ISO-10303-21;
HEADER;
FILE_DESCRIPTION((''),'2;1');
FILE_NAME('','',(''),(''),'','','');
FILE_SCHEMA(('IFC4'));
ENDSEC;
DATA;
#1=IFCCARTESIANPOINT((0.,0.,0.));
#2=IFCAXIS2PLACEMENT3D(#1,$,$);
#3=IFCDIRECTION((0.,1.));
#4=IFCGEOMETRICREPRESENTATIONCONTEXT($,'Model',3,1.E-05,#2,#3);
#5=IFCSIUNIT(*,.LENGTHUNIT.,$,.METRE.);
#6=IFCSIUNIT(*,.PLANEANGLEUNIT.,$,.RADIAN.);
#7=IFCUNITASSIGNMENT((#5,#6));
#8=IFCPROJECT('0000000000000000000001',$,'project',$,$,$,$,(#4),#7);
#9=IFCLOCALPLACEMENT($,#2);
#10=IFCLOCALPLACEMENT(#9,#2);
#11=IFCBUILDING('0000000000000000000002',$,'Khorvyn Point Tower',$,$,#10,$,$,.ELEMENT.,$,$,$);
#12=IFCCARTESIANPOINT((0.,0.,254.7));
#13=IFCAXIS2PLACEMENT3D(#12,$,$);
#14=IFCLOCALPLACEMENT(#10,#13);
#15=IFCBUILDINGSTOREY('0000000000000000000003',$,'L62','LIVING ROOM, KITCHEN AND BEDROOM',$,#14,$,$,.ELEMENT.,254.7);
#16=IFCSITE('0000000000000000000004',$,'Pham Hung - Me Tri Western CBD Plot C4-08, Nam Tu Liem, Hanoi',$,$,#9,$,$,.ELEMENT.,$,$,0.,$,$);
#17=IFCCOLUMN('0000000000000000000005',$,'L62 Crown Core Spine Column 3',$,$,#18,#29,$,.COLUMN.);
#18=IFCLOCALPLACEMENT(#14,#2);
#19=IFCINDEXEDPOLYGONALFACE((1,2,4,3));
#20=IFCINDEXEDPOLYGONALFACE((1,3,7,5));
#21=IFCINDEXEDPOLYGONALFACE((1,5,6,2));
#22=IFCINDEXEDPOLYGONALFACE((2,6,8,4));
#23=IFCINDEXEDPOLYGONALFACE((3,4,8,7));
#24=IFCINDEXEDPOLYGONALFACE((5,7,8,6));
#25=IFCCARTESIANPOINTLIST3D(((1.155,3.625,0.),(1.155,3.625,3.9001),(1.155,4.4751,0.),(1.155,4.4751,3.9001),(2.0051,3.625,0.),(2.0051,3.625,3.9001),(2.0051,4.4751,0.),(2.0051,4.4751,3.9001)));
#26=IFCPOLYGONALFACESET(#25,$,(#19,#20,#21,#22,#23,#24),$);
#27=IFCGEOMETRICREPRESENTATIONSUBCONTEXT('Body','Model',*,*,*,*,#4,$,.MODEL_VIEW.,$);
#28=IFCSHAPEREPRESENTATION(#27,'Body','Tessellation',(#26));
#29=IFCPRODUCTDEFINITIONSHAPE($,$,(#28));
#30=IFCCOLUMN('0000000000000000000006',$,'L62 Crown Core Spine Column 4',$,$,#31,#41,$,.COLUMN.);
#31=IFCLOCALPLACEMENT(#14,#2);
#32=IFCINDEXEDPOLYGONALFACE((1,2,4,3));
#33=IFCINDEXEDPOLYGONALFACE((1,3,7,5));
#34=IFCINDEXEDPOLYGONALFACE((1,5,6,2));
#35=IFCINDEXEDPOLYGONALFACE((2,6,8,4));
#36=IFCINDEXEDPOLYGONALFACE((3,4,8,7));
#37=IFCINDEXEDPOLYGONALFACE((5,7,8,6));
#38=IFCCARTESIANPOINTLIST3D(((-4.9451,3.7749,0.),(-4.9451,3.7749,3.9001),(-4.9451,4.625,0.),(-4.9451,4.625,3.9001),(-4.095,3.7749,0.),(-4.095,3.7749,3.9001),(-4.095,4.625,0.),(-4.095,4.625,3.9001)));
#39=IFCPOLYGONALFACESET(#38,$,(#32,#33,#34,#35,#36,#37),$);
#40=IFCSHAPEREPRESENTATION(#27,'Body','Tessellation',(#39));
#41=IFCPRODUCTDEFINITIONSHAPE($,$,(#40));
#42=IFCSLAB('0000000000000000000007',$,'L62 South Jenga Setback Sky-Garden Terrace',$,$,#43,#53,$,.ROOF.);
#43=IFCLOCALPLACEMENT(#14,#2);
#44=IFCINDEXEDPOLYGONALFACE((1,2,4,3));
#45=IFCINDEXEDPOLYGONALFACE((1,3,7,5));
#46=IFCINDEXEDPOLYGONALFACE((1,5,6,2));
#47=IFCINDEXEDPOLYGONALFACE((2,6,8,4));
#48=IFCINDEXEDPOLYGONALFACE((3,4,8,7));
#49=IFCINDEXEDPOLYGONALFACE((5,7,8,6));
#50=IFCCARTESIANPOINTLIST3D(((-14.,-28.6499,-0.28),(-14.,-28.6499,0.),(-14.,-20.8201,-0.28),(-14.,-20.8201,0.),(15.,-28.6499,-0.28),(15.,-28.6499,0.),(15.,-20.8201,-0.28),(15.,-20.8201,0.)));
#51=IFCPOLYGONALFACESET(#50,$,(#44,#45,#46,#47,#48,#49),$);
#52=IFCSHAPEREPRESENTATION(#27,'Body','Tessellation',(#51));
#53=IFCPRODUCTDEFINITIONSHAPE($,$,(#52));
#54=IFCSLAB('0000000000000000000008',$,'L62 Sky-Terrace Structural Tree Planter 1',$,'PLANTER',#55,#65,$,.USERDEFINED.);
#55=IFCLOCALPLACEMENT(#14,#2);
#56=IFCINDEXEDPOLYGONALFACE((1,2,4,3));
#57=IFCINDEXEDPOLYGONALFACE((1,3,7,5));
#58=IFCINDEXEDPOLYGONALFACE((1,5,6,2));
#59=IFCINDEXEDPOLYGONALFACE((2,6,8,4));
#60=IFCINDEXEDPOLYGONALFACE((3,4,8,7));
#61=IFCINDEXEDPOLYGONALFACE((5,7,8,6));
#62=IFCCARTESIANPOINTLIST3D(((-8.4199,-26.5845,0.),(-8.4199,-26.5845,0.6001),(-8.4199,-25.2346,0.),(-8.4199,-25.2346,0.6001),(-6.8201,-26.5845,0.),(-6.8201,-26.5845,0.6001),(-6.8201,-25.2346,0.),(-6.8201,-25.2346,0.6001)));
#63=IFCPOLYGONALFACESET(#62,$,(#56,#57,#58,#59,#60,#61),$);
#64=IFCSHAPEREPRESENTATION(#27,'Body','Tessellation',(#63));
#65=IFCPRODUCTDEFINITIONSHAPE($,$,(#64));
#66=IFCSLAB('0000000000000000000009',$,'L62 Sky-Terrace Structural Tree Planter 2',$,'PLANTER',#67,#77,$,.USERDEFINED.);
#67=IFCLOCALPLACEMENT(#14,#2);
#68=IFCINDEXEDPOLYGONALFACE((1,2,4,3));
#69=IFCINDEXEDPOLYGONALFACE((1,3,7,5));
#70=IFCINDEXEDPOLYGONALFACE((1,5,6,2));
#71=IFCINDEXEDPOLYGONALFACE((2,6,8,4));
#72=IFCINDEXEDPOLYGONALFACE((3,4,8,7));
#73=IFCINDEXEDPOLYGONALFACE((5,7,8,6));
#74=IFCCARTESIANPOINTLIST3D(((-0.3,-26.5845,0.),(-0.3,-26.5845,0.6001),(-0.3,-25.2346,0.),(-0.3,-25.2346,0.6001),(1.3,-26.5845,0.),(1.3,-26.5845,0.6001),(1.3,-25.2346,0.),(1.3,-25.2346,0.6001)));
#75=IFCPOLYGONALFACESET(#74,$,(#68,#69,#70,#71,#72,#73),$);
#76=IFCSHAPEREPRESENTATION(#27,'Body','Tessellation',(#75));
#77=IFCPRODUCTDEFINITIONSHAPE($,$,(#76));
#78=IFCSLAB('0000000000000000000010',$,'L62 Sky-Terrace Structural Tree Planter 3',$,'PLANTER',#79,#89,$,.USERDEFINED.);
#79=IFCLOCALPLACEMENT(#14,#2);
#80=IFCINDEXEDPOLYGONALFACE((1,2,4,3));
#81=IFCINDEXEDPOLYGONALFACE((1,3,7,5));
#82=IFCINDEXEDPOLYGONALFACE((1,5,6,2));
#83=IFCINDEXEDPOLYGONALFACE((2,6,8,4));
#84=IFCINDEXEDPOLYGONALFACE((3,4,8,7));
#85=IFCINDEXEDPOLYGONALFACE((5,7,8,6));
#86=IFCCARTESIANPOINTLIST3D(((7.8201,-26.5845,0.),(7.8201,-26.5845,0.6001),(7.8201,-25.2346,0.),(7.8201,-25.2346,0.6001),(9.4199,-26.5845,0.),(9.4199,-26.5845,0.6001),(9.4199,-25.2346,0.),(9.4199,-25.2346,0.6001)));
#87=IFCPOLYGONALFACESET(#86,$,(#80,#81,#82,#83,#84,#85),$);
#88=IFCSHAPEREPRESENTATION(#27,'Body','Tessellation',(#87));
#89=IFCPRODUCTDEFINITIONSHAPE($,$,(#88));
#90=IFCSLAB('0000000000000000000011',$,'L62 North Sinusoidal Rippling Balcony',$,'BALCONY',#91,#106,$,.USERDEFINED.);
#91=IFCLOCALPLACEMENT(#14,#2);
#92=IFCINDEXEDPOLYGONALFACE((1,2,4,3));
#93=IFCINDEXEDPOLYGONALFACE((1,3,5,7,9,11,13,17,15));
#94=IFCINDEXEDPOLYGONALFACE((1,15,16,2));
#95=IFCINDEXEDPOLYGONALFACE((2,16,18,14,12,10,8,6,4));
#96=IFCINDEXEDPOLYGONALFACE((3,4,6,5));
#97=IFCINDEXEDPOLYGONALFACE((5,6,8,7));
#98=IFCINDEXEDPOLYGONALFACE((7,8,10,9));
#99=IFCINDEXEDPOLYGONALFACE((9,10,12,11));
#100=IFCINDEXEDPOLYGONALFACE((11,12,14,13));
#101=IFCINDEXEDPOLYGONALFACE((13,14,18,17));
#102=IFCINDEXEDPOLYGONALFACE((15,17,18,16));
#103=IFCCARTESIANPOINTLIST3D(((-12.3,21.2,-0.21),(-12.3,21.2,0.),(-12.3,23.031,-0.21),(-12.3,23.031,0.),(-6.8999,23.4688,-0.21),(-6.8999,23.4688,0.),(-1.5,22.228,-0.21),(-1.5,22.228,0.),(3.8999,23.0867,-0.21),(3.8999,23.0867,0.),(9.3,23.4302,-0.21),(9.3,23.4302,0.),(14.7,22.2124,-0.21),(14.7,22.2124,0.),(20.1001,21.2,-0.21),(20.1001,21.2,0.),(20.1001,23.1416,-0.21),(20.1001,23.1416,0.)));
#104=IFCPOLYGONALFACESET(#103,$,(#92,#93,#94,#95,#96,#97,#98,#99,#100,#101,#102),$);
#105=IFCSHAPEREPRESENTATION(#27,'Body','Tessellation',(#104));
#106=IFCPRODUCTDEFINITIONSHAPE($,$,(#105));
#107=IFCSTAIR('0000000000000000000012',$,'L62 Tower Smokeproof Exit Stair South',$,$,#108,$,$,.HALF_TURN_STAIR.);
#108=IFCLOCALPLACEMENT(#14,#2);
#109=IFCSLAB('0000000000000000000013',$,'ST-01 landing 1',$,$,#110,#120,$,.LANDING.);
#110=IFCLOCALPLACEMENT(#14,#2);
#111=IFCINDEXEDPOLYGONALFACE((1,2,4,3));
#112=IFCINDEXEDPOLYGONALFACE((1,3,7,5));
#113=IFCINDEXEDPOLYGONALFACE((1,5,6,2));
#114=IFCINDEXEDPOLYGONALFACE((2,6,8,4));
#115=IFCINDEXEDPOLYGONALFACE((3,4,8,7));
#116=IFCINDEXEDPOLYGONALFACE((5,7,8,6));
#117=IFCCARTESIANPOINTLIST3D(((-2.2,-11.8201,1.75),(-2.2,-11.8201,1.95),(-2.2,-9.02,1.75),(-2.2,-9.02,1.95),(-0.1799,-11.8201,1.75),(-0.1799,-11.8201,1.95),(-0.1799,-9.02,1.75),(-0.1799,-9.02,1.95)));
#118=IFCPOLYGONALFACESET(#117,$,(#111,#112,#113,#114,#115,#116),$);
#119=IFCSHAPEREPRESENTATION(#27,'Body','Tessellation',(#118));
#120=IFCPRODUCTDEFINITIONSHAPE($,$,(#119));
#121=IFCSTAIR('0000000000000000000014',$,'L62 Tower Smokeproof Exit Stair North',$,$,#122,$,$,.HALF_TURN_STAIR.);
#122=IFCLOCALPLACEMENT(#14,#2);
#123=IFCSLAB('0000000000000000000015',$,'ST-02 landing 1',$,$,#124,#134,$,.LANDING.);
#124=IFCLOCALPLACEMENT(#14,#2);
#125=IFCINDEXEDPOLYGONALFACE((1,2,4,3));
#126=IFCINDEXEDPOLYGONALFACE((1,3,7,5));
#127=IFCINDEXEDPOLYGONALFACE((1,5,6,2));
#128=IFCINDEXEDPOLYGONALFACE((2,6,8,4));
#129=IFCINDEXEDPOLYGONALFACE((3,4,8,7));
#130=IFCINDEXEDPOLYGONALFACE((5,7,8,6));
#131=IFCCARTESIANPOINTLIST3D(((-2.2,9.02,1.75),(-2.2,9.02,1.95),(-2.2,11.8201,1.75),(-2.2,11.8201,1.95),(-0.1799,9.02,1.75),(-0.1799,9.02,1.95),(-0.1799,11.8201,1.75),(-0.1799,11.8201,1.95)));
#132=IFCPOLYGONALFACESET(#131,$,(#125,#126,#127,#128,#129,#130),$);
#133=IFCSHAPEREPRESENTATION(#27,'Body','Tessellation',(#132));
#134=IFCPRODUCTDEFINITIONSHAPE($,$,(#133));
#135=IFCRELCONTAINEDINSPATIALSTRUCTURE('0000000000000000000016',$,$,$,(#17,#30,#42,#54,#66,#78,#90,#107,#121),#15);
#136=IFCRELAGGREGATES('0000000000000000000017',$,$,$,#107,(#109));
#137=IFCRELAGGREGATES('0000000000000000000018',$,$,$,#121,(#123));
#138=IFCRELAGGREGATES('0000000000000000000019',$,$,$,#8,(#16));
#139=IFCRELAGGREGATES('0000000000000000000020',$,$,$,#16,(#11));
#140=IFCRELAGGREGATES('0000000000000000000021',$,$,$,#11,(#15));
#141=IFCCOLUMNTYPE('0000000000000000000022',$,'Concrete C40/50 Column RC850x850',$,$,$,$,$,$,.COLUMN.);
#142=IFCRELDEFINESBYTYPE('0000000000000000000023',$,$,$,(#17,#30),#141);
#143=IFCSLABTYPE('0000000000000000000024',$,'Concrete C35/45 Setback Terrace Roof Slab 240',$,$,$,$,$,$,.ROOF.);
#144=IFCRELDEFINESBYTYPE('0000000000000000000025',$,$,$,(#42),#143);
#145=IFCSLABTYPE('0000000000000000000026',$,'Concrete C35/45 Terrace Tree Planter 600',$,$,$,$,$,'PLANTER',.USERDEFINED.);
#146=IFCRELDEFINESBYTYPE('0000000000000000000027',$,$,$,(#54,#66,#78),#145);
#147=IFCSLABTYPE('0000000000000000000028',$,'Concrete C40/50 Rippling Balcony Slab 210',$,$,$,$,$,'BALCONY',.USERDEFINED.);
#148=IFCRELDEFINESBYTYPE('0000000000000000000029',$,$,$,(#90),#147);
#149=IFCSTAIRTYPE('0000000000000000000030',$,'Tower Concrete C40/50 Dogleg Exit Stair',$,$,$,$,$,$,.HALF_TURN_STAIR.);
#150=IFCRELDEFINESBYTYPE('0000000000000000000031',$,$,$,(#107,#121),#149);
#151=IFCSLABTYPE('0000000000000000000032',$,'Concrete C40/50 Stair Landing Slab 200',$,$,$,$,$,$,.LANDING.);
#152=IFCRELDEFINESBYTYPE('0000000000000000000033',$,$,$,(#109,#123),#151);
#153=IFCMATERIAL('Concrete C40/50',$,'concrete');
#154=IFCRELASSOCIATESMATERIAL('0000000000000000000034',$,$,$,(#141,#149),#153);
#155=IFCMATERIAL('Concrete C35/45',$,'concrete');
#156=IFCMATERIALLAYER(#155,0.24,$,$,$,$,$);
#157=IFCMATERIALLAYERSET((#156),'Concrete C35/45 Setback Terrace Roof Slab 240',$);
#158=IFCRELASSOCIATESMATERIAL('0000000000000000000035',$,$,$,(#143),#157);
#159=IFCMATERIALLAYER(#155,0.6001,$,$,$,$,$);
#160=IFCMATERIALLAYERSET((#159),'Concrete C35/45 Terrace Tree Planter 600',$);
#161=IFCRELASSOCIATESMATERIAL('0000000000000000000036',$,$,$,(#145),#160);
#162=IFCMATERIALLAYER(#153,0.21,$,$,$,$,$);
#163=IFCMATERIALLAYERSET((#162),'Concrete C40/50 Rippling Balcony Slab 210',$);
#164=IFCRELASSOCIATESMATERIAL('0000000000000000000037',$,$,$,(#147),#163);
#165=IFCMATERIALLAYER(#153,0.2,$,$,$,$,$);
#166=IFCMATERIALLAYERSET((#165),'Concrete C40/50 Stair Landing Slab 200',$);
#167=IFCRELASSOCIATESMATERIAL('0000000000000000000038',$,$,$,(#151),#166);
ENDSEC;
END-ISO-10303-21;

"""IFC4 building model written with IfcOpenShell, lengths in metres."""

from ifc_helpers import new_model, si_unit, direction, frame, origin, origin_2d, place, context, subcontext, project, spatial, polyline, rectangle, outline, extrude, material, layer, layer_set, material_profile, profile_set, type_object, element, aggregate, save


model = new_model("IFC4")

# Units and contexts
model_context = context("Model", 3, precision=1e-05, world=origin(), true_north=direction((0.0, 1.0)))
body_context = subcontext(model_context, "Body", "Model", "MODEL_VIEW")
ifc_project = project(units=[si_unit("LENGTHUNIT", "METRE"), si_unit("PLANEANGLEUNIT", "RADIAN")], contexts=[model_context])

# Site, building, storey
site_placement = place(None, origin())
site = spatial("IfcSite", under=ifc_project, at=site_placement, Name="Pham Hung - Me Tri Western CBD Plot C4-08, Nam Tu Liem, Hanoi", CompositionType="ELEMENT", RefElevation=0.0)
building_placement = place(site_placement, origin())
building = spatial("IfcBuilding", under=site, at=building_placement, Name="Khorvyn Point Tower", CompositionType="ELEMENT")
storey_placement = place(building_placement, frame((0.0, 0.0, 254.7)))
storey = spatial("IfcBuildingStorey", under=building, at=storey_placement, Name="L62", Description="LIVING ROOM, KITCHEN AND BEDROOM", CompositionType="ELEMENT", Elevation=254.7)

# Columns
ifc_material_1 = material(Name="Concrete C40/50", Category="concrete")
ifc_material_profile = material_profile(ifc_material_1, rectangle(XDim=0.8501, YDim=0.8501, at=origin_2d()))
ifc_profile_set = profile_set([ifc_material_profile], Name="Concrete C40/50 RC850x850")
column_type = type_object("IfcColumnType", Name="Concrete C40/50 Column RC850x850", PredefinedType="COLUMN", material=ifc_profile_set)
for number, where, z_axis, x_axis, name in (
    (1, (1.5801, 4.05, 0.0), (0.0, 0.0, 1.0), (1.0, 0.0, 0.0), "L62 Crown Core Spine Column 3"),
    (2, (-4.52, 4.2, 0.0), (0.0, 0.0, 1.0), (1.0, 0.0, 0.0), "L62 Crown Core Spine Column 4"),
):
    element("IfcColumn", number, at=place(storey_placement, frame(where, z_axis=z_axis, x_axis=x_axis)), inside=storey, type_object=column_type, Name=name, PredefinedType="COLUMN", context=body_context, shape_type="SweptSolid", body=[
        extrude(rectangle(XDim=0.8501, YDim=0.8501, at=origin_2d()), origin(), (0.0, 0.0, 1.0), 3.9001),
    ])

# Slabs
ifc_material_2 = material(Name="Concrete C35/45", Category="concrete")
ifc_layer_1 = layer(ifc_material_2, 0.24)
ifc_layer_set_1 = layer_set([ifc_layer_1], Name="Concrete C35/45 Setback Terrace Roof Slab 240")
slab_type_1 = type_object("IfcSlabType", Name="Concrete C35/45 Setback Terrace Roof Slab 240", PredefinedType="ROOF", material=ifc_layer_set_1)
slab_1_placement = place(storey_placement, frame((0.0, 0.0, -0.28)))
element("IfcSlab", 3, at=slab_1_placement, inside=storey, type_object=slab_type_1, Name="L62 South Jenga Setback Sky-Garden Terrace", PredefinedType="ROOF", context=body_context, shape_type="SweptSolid", body=[
    extrude(outline(polyline([(-14.0, -28.6499), (15.0, -28.6499), (15.0, -20.8201), (-14.0, -20.8201), (-14.0, -28.6499)])), origin(), (0.0, 0.0, 1.0), 0.28),
])
ifc_layer_2 = layer(ifc_material_2, 0.6001)
ifc_layer_set_2 = layer_set([ifc_layer_2], Name="Concrete C35/45 Terrace Tree Planter 600")
slab_type_2 = type_object("IfcSlabType", Name="Concrete C35/45 Terrace Tree Planter 600", ElementType="PLANTER", PredefinedType="USERDEFINED", material=ifc_layer_set_2)
slab_2_placement = place(storey_placement, origin())
element("IfcSlab", 4, at=slab_2_placement, inside=storey, type_object=slab_type_2, Name="L62 Sky-Terrace Structural Tree Planter 1", ObjectType="PLANTER", PredefinedType="USERDEFINED", context=body_context, shape_type="SweptSolid", body=[
    extrude(outline(polyline([(-8.4199, -26.5845), (-6.8201, -26.5845), (-6.8201, -25.2346), (-8.4199, -25.2346), (-8.4199, -26.5845)])), origin(), (0.0, 0.0, 1.0), 0.6001),
])
slab_3_placement = place(storey_placement, origin())
element("IfcSlab", 5, at=slab_3_placement, inside=storey, type_object=slab_type_2, Name="L62 Sky-Terrace Structural Tree Planter 2", ObjectType="PLANTER", PredefinedType="USERDEFINED", context=body_context, shape_type="SweptSolid", body=[
    extrude(outline(polyline([(-0.3, -26.5845), (1.3, -26.5845), (1.3, -25.2346), (-0.3, -25.2346), (-0.3, -26.5845)])), origin(), (0.0, 0.0, 1.0), 0.6001),
])
slab_4_placement = place(storey_placement, origin())
element("IfcSlab", 6, at=slab_4_placement, inside=storey, type_object=slab_type_2, Name="L62 Sky-Terrace Structural Tree Planter 3", ObjectType="PLANTER", PredefinedType="USERDEFINED", context=body_context, shape_type="SweptSolid", body=[
    extrude(outline(polyline([(7.8201, -26.5845), (9.4199, -26.5845), (9.4199, -25.2346), (7.8201, -25.2346), (7.8201, -26.5845)])), origin(), (0.0, 0.0, 1.0), 0.6001),
])
ifc_layer_3 = layer(ifc_material_1, 0.21)
ifc_layer_set_3 = layer_set([ifc_layer_3], Name="Concrete C40/50 Rippling Balcony Slab 210")
slab_type_3 = type_object("IfcSlabType", Name="Concrete C40/50 Rippling Balcony Slab 210", ElementType="BALCONY", PredefinedType="USERDEFINED", material=ifc_layer_set_3)
slab_5_placement = place(storey_placement, frame((0.0, 0.0, -0.21)))
element("IfcSlab", 7, at=slab_5_placement, inside=storey, type_object=slab_type_3, Name="L62 North Sinusoidal Rippling Balcony", ObjectType="BALCONY", PredefinedType="USERDEFINED", context=body_context, shape_type="SweptSolid", body=[
    extrude(outline(polyline([(20.1001, 21.2), (20.1001, 23.1416), (14.7, 22.2124), (9.3, 23.4302), (3.8999, 23.0867), (-1.5, 22.228), (-6.8999, 23.4688), (-12.3, 23.031), (-12.3, 21.2), (20.1001, 21.2)])), origin(), (0.0, 0.0, 1.0), 0.21),
])

# Stairs, slabs
stair_type = type_object("IfcStairType", Name="Tower Concrete C40/50 Dogleg Exit Stair", PredefinedType="HALF_TURN_STAIR", material=ifc_material_1)
stair_1_placement = place(storey_placement, origin())
stair_1 = element("IfcStair", 8, at=stair_1_placement, inside=storey, type_object=stair_type, Name="L62 Tower Smokeproof Exit Stair South", PredefinedType="HALF_TURN_STAIR")
ifc_layer_4 = layer(ifc_material_1, 0.2)
ifc_layer_set_4 = layer_set([ifc_layer_4], Name="Concrete C40/50 Stair Landing Slab 200")
slab_type_4 = type_object("IfcSlabType", Name="Concrete C40/50 Stair Landing Slab 200", PredefinedType="LANDING", material=ifc_layer_set_4)
slab_6_placement = place(storey_placement, frame((0.0, 0.0, 1.75)))
slab_6 = element("IfcSlab", 9, at=slab_6_placement, type_object=slab_type_4, Name="ST-01 landing 1", PredefinedType="LANDING", context=body_context, shape_type="SweptSolid", body=[
    extrude(outline(polyline([(-0.1799, -9.02), (-2.2, -9.02), (-2.2, -11.8201), (-0.1799, -11.8201), (-0.1799, -9.02)])), origin(), (0.0, 0.0, 1.0), 0.2),
])
aggregate(stair_1, [slab_6])
stair_2_placement = place(storey_placement, origin())
stair_2 = element("IfcStair", 10, at=stair_2_placement, inside=storey, type_object=stair_type, Name="L62 Tower Smokeproof Exit Stair North", PredefinedType="HALF_TURN_STAIR")
slab_7_placement = place(storey_placement, frame((0.0, 0.0, 1.75)))
slab_7 = element("IfcSlab", 11, at=slab_7_placement, type_object=slab_type_4, Name="ST-02 landing 1", PredefinedType="LANDING", context=body_context, shape_type="SweptSolid", body=[
    extrude(outline(polyline([(-0.1799, 11.8201), (-2.2, 11.8201), (-2.2, 9.02), (-0.1799, 9.02), (-0.1799, 11.8201)])), origin(), (0.0, 0.0, 1.0), 0.2),
])
aggregate(stair_2, [slab_7])

save(model, "model.ifc")
